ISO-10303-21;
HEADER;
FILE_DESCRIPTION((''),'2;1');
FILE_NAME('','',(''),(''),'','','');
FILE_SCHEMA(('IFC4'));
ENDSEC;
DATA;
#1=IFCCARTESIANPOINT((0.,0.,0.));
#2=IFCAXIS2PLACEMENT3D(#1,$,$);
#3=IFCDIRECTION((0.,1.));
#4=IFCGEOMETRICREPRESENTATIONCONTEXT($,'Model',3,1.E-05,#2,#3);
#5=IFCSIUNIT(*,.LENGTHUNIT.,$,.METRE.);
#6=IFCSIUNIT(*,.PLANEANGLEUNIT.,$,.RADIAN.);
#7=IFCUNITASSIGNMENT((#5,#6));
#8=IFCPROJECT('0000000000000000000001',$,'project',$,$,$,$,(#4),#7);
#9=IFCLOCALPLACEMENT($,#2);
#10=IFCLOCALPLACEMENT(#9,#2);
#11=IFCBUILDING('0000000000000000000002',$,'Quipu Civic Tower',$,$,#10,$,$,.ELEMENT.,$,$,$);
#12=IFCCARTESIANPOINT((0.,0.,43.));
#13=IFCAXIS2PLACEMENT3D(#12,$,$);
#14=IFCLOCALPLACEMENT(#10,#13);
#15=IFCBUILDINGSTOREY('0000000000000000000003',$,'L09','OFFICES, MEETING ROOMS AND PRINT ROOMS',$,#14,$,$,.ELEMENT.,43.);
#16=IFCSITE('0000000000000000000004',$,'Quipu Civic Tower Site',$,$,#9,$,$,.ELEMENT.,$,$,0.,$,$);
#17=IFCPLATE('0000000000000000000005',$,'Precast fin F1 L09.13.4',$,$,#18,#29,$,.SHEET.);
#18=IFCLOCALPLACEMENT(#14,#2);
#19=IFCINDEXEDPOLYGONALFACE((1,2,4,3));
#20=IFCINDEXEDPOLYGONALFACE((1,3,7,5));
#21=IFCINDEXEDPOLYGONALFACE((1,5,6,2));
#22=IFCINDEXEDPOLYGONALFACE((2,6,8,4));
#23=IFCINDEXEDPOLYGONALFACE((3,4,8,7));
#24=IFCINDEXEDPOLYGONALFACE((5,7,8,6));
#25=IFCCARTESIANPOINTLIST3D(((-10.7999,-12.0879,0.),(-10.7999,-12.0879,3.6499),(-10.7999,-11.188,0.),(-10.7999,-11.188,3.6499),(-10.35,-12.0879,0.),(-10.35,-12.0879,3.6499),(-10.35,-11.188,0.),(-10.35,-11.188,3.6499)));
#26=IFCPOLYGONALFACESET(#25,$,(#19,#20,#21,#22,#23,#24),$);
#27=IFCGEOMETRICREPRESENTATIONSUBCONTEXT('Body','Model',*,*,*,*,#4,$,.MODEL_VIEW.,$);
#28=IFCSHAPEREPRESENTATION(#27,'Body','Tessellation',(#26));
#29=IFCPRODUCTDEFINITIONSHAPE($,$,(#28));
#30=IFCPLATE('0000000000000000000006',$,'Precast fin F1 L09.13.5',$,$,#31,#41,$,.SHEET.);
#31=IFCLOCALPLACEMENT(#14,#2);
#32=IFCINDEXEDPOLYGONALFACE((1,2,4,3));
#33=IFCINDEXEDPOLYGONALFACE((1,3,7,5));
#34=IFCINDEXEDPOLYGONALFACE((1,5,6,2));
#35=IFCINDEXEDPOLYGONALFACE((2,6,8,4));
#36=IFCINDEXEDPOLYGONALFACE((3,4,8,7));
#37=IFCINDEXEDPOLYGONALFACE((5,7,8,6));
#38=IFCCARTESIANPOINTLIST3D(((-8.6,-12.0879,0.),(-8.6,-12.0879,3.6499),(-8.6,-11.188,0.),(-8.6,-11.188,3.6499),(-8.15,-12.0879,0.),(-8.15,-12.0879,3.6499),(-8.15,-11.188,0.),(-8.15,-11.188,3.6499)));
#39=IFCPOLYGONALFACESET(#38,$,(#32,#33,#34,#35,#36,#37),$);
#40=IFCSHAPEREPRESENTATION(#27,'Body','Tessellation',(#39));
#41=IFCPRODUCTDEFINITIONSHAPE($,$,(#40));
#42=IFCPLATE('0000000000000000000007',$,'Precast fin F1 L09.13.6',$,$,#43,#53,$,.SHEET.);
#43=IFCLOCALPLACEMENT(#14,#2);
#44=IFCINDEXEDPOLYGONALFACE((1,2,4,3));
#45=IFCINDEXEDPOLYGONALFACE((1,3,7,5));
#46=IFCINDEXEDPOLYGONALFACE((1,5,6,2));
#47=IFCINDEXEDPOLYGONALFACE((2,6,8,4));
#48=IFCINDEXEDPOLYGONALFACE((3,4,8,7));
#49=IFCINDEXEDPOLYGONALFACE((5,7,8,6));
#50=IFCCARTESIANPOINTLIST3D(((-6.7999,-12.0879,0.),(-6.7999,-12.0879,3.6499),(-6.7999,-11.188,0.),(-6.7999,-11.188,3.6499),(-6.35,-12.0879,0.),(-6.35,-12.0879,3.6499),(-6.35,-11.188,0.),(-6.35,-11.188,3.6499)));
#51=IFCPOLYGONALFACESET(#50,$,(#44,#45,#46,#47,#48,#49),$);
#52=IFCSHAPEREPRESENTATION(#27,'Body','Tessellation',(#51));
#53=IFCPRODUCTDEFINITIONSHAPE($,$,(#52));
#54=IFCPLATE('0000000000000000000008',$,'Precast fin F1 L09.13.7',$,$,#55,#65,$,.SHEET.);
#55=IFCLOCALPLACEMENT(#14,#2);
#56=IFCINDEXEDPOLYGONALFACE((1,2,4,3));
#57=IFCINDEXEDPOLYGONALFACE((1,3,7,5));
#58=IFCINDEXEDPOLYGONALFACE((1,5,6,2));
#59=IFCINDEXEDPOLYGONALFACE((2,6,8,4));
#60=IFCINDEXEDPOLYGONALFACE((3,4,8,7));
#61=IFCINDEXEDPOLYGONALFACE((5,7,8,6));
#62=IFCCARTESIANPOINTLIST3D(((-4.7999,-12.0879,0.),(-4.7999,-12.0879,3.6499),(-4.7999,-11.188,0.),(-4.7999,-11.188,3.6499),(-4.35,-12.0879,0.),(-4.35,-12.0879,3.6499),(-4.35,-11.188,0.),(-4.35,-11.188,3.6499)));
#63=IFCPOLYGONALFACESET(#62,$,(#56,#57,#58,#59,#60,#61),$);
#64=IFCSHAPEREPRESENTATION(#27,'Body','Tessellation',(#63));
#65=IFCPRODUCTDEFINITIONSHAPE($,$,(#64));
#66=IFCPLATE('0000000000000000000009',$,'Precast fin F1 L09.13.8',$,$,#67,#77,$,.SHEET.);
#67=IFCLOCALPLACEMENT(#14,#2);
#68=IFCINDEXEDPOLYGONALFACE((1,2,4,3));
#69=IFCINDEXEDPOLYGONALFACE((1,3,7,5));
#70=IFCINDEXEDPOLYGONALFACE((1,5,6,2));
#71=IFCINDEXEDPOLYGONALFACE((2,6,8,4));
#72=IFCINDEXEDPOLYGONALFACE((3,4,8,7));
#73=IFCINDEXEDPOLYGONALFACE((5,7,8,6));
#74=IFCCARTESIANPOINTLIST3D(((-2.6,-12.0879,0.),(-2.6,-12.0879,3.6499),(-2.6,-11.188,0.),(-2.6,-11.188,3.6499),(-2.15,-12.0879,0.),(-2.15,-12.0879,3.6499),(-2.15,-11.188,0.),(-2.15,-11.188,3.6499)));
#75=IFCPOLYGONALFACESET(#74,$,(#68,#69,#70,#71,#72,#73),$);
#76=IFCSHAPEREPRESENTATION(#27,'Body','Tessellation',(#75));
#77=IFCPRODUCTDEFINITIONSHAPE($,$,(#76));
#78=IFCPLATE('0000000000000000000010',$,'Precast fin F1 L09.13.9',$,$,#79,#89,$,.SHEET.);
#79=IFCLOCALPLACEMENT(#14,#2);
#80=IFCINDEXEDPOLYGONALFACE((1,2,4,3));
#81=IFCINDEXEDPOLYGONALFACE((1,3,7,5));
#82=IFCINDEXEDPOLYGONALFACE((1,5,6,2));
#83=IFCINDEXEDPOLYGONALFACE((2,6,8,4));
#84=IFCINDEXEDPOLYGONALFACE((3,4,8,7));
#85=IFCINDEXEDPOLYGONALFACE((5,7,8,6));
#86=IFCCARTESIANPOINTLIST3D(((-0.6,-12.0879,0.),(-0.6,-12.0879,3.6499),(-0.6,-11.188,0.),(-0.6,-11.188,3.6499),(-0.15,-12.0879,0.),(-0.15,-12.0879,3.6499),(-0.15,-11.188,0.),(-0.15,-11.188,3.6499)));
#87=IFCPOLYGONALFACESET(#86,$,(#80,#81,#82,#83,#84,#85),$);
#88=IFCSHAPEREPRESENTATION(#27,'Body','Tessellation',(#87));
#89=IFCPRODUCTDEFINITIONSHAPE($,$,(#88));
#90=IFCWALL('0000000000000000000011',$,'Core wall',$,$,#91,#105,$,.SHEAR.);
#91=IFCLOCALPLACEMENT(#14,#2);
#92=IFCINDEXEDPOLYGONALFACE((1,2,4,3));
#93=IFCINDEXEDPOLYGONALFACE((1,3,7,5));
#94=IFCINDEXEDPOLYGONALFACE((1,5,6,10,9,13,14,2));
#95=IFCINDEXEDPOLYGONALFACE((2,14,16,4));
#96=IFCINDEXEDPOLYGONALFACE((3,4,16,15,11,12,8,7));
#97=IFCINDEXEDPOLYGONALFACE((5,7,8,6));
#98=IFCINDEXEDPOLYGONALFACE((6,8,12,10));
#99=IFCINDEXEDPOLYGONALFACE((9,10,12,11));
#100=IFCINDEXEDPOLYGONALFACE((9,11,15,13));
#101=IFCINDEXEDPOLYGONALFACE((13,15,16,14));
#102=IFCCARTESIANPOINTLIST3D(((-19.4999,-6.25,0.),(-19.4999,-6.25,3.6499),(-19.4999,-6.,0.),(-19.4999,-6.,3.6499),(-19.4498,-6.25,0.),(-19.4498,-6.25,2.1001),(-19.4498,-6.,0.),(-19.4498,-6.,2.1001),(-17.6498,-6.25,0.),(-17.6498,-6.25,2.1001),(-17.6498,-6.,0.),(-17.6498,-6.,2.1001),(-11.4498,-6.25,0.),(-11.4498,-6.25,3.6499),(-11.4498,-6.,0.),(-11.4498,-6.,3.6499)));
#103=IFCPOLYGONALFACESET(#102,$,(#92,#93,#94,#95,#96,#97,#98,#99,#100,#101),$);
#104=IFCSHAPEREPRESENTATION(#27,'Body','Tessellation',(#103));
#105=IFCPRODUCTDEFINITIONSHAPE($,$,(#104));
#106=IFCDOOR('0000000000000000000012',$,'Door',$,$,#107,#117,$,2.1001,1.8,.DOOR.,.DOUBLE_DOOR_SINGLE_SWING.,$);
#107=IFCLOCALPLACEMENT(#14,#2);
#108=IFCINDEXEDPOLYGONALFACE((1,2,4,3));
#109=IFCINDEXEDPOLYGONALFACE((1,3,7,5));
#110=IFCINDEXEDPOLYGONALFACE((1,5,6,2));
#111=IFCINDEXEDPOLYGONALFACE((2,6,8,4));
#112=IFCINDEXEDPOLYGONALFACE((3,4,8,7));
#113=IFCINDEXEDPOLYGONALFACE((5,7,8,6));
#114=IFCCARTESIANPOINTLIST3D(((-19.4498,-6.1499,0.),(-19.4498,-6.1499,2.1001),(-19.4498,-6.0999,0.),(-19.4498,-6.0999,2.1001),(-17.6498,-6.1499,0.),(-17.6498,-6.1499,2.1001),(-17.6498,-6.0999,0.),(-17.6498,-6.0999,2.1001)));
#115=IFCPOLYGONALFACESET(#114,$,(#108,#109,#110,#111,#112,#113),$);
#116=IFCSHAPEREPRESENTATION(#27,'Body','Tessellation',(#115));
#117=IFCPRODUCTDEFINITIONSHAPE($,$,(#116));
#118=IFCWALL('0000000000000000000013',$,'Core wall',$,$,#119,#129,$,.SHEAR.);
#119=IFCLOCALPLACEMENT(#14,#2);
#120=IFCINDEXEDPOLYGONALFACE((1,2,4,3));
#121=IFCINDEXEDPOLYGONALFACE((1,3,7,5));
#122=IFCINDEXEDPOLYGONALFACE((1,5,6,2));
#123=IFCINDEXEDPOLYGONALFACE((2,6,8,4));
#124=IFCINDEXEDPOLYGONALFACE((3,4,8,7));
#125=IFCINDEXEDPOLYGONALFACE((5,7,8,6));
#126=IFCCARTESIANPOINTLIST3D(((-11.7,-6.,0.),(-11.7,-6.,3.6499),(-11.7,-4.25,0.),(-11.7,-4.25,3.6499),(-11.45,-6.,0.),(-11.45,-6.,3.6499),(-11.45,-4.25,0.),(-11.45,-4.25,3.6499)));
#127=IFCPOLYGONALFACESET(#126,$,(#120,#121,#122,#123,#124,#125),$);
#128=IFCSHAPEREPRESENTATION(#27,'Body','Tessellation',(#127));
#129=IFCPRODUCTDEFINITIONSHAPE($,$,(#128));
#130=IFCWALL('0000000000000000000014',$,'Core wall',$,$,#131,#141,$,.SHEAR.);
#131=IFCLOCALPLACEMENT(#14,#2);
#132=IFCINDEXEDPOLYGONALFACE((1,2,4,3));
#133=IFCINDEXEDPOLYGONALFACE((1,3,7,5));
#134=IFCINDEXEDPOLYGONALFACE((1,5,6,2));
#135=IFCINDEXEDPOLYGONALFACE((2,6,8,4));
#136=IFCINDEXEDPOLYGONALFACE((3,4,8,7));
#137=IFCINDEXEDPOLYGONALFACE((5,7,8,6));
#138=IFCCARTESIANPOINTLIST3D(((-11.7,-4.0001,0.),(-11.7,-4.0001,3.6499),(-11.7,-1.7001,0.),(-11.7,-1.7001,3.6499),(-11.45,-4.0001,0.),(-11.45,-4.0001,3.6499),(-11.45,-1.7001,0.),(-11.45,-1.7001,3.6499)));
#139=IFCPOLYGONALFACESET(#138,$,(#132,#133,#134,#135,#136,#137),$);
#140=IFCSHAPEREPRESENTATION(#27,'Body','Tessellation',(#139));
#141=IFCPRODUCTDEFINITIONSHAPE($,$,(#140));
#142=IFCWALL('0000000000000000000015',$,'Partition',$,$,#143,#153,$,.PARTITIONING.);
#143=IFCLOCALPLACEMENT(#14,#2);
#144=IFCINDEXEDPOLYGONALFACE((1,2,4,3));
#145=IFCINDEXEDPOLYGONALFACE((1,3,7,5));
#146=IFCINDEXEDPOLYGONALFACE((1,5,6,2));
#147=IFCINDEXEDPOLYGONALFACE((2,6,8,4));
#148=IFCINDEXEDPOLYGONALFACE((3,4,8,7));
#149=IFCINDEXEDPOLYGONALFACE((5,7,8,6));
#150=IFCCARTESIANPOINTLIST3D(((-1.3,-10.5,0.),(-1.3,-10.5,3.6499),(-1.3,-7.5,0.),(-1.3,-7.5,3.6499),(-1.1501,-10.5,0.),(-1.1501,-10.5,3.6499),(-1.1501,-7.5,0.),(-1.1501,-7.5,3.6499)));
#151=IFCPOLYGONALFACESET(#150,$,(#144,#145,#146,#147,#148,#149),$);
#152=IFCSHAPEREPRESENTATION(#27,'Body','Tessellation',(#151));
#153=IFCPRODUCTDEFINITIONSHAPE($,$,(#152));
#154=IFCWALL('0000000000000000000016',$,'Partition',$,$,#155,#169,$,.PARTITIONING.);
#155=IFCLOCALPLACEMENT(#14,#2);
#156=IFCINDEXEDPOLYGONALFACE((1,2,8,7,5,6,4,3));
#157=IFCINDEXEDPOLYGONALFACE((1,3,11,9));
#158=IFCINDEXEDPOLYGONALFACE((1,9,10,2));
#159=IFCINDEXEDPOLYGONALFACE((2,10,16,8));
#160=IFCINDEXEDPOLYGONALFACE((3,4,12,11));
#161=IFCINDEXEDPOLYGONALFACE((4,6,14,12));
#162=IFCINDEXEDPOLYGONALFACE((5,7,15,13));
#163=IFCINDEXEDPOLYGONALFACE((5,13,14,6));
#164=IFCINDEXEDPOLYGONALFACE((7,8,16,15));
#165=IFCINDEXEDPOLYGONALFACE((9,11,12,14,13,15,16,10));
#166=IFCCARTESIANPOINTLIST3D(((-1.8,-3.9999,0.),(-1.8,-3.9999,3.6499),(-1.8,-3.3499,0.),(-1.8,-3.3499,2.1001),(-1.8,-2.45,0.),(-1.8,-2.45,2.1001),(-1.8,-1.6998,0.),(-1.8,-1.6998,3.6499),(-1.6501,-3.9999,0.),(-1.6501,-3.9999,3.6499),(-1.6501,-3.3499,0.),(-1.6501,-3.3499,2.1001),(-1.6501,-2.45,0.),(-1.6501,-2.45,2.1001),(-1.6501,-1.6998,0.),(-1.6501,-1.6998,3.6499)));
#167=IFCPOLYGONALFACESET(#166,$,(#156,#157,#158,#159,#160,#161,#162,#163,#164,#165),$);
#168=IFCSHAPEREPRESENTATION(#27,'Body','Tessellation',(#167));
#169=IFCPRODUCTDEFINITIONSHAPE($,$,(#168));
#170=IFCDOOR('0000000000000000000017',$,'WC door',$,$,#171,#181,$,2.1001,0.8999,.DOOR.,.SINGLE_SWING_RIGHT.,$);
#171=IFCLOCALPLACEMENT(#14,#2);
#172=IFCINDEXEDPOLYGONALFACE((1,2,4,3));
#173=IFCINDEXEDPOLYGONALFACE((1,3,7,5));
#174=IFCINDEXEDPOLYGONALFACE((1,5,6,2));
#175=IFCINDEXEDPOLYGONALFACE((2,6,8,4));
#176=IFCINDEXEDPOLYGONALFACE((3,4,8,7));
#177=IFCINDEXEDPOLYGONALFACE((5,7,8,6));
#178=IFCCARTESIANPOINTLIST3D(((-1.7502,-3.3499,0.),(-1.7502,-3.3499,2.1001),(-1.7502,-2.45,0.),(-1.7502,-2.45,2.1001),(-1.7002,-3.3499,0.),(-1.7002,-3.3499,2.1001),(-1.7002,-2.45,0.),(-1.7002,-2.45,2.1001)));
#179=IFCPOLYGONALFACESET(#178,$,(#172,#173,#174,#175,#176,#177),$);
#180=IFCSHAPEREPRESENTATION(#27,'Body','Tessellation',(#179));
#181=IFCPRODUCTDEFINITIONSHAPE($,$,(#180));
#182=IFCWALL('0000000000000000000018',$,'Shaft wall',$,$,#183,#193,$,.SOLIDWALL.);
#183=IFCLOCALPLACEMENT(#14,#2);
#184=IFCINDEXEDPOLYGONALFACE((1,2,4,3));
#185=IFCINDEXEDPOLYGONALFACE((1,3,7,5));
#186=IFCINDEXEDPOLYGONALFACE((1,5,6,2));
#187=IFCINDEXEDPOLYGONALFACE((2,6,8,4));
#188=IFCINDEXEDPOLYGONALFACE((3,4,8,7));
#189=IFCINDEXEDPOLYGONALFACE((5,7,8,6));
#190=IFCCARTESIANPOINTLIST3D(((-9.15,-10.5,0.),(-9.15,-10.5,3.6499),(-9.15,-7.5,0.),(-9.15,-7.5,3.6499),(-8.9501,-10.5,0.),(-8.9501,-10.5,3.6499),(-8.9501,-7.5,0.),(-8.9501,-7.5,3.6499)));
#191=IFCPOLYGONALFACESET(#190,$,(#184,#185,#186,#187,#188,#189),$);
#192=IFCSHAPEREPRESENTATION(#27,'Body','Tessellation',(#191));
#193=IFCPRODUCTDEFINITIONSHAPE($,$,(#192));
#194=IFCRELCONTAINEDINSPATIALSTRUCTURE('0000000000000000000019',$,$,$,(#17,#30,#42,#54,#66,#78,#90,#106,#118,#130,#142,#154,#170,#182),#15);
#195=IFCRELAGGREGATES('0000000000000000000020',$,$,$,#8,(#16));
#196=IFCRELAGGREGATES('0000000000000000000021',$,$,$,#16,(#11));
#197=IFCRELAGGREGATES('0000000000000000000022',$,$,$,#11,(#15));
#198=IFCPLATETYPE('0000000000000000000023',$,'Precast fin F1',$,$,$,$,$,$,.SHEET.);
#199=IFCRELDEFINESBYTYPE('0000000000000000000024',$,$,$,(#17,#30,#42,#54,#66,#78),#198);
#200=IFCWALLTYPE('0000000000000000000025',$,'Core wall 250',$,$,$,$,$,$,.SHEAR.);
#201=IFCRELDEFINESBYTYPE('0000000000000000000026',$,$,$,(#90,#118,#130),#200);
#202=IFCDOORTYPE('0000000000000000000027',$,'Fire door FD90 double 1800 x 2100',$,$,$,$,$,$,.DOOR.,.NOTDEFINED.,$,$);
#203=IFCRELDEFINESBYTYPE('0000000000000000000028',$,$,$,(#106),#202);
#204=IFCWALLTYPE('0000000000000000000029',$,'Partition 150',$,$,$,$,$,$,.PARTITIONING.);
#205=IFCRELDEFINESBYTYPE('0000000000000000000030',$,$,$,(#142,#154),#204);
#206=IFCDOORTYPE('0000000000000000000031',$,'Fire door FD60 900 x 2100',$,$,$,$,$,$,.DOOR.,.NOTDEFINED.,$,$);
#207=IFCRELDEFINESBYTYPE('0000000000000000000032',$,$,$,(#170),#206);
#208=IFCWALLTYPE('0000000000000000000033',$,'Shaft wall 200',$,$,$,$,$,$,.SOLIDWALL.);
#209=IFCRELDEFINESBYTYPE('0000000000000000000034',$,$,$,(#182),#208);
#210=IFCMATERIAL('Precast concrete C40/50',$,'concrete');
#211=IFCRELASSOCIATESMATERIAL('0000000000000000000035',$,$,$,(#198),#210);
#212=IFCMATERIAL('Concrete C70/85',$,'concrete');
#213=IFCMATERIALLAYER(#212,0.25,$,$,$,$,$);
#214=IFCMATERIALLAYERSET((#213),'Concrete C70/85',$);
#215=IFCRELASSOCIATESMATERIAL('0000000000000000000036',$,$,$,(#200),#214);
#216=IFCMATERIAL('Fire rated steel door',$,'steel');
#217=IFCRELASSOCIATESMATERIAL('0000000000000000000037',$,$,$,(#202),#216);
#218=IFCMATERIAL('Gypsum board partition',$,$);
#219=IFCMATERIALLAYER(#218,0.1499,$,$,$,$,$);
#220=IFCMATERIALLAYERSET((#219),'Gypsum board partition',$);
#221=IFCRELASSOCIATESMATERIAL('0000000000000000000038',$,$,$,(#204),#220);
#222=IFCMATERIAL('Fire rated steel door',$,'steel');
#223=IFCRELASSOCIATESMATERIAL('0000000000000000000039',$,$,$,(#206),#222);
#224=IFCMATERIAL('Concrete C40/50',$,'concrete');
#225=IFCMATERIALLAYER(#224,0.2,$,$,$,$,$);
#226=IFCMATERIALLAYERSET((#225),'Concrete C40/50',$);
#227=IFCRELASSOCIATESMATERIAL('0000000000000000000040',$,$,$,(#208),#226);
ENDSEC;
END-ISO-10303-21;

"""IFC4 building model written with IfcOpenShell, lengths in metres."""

from ifc_helpers import new_model, si_unit, direction, frame, frame_2d, origin, origin_2d, place, context, subcontext, project, spatial, rectangle, extrude, material, layer, layer_set, type_object, element, fill, save


model = new_model("IFC4")

# Units and contexts
model_context = context("Model", 3, precision=1e-05, world=origin(), true_north=direction((0.0, 1.0)))
body_context = subcontext(model_context, "Body", "Model", "MODEL_VIEW")
ifc_project = project(units=[si_unit("LENGTHUNIT", "METRE"), si_unit("PLANEANGLEUNIT", "RADIAN")], contexts=[model_context])

# Site, building, storey
site_placement = place(None, origin())
site = spatial("IfcSite", under=ifc_project, at=site_placement, Name="Quipu Civic Tower Site", CompositionType="ELEMENT", RefElevation=0.0)
building_placement = place(site_placement, origin())
building = spatial("IfcBuilding", under=site, at=building_placement, Name="Quipu Civic Tower", CompositionType="ELEMENT")
storey_placement = place(building_placement, frame((0.0, 0.0, 43.0)))
storey = spatial("IfcBuildingStorey", under=building, at=storey_placement, Name="L09", Description="OFFICES, MEETING ROOMS AND PRINT ROOMS", CompositionType="ELEMENT", Elevation=43.0)

# Plates
ifc_material_1 = material(Name="Precast concrete C40/50", Category="concrete")
plate_type = type_object("IfcPlateType", Name="Precast fin F1", PredefinedType="SHEET", material=ifc_material_1)
for number, where, z_axis, x_axis, name in (
    (1, (-10.575, -11.6379, 0.0), (0.0, 0.0, 1.0), (1.0, 0.0, 0.0), "Precast fin F1 L09.13.4"),
    (2, (-8.375, -11.6379, 0.0), (0.0, 0.0, 1.0), (1.0, 0.0, 0.0), "Precast fin F1 L09.13.5"),
    (3, (-6.575, -11.6379, 0.0), (0.0, 0.0, 1.0), (1.0, 0.0, 0.0), "Precast fin F1 L09.13.6"),
    (4, (-4.575, -11.6379, 0.0), (0.0, 0.0, 1.0), (1.0, 0.0, 0.0), "Precast fin F1 L09.13.7"),
    (5, (-2.375, -11.6379, 0.0), (0.0, 0.0, 1.0), (1.0, 0.0, 0.0), "Precast fin F1 L09.13.8"),
    (6, (-0.375, -11.6379, 0.0), (0.0, 0.0, 1.0), (1.0, 0.0, 0.0), "Precast fin F1 L09.13.9"),
):
    element("IfcPlate", number, at=place(storey_placement, frame(where, z_axis=z_axis, x_axis=x_axis)), inside=storey, type_object=plate_type, Name=name, PredefinedType="SHEET", context=body_context, shape_type="SweptSolid", body=[
        extrude(rectangle(XDim=0.45, YDim=0.8999, at=origin_2d()), origin(), (0.0, 0.0, 1.0), 3.6499),
    ])

# Wall, opening, door
ifc_material_2 = material(Name="Concrete C70/85", Category="concrete")
ifc_layer_1 = layer(ifc_material_2, 0.25)
ifc_layer_set_1 = layer_set([ifc_layer_1], Name="Concrete C70/85")
wall_type_1 = type_object("IfcWallType", Name="Core wall 250", PredefinedType="SHEAR", material=ifc_layer_set_1)
wall_1_placement = place(storey_placement, frame((-11.45, -6.125, 0.0), z_axis=(0.0, 0.0, 1.0), x_axis=(-1.0, 0.0, 0.0)))
wall_1 = element("IfcWall", 7, at=wall_1_placement, inside=storey, type_object=wall_type_1, Name="Core wall", PredefinedType="SHEAR", context=body_context, shape_type="SweptSolid", body=[
    extrude(rectangle(XDim=8.05, YDim=0.25, at=frame_2d((4.0249, 0.0))), origin(), (0.0, 0.0, 1.0), 3.6499),
])
opening_1_placement = place(wall_1_placement, frame((6.2, 0.0, 0.0)))
opening_1 = element("IfcOpeningElement", 8, at=opening_1_placement, cuts=wall_1, PredefinedType="OPENING", context=body_context, shape_type="SweptSolid", body=[
    extrude(rectangle(XDim=1.8, YDim=2.1001, at=frame_2d((0.8999, 1.05))), frame((0.0, 0.135, 0.0), z_axis=(0.0, -1.0, 0.0), x_axis=(1.0, 0.0, 0.0)), (0.0, 0.0, 1.0), 0.27),
])
ifc_material_3 = material(Name="Fire rated steel door", Category="steel")
door_type_1 = type_object("IfcDoorType", Name="Fire door FD90 double 1800 x 2100", OperationType="NOTDEFINED", PredefinedType="DOOR", material=ifc_material_3)
door_1_placement = place(opening_1_placement, origin())
door_1 = element("IfcDoor", 9, at=door_1_placement, inside=storey, type_object=door_type_1, Name="Door", OperationType="DOUBLE_DOOR_SINGLE_SWING", OverallHeight=2.1001, OverallWidth=1.8, PredefinedType="DOOR", context=body_context, shape_type="SweptSolid", body=[
    extrude(rectangle(XDim=1.8, YDim=2.1001, at=frame_2d((0.8999, 1.05))), frame((0.0, 0.0249, 0.0), z_axis=(0.0, -1.0, 0.0), x_axis=(1.0, 0.0, 0.0)), (0.0, 0.0, 1.0), 0.05),
])
fill(opening_1, door_1)

# Walls
wall_2_placement = place(storey_placement, frame((-11.575, -6.0, 0.0), z_axis=(0.0, 0.0, 1.0), x_axis=(0.0, 1.0, 0.0)))
element("IfcWall", 10, at=wall_2_placement, inside=storey, type_object=wall_type_1, Name="Core wall", PredefinedType="SHEAR", context=body_context, shape_type="SweptSolid", body=[
    extrude(rectangle(XDim=1.75, YDim=0.25, at=frame_2d((0.875, 0.0))), origin(), (0.0, 0.0, 1.0), 3.6499),
])
wall_3_placement = place(storey_placement, frame((-11.575, -4.0, 0.0), z_axis=(0.0, 0.0, 1.0), x_axis=(0.0, 1.0, 0.0)))
element("IfcWall", 11, at=wall_3_placement, inside=storey, type_object=wall_type_1, Name="Core wall", PredefinedType="SHEAR", context=body_context, shape_type="SweptSolid", body=[
    extrude(rectangle(XDim=2.3, YDim=0.25, at=frame_2d((1.1499, 0.0))), origin(), (0.0, 0.0, 1.0), 3.6499),
])
ifc_material_4 = material(Name="Gypsum board partition")
ifc_layer_2 = layer(ifc_material_4, 0.1499)
ifc_layer_set_2 = layer_set([ifc_layer_2], Name="Gypsum board partition")
wall_type_2 = type_object("IfcWallType", Name="Partition 150", PredefinedType="PARTITIONING", material=ifc_layer_set_2)
wall_4_placement = place(storey_placement, frame((-1.2251, -10.5, 0.0), z_axis=(0.0, 0.0, 1.0), x_axis=(0.0, 1.0, 0.0)))
element("IfcWall", 12, at=wall_4_placement, inside=storey, type_object=wall_type_2, Name="Partition", PredefinedType="PARTITIONING", context=body_context, shape_type="SweptSolid", body=[
    extrude(rectangle(XDim=3.0, YDim=0.1499, at=frame_2d((1.5, 0.0))), origin(), (0.0, 0.0, 1.0), 3.6499),
])

# Wall, opening, door
wall_5_placement = place(storey_placement, frame((-1.7251, -1.7, 0.0), z_axis=(0.0, 0.0, 1.0), x_axis=(0.0, -1.0, 0.0)))
wall_5 = element("IfcWall", 13, at=wall_5_placement, inside=storey, type_object=wall_type_2, Name="Partition", PredefinedType="PARTITIONING", context=body_context, shape_type="SweptSolid", body=[
    extrude(rectangle(XDim=2.3, YDim=0.1499, at=frame_2d((1.1499, 0.0))), origin(), (0.0, 0.0, 1.0), 3.6499),
])
opening_2_placement = place(wall_5_placement, frame((0.75, 0.0, 0.0)))
opening_2 = element("IfcOpeningElement", 14, at=opening_2_placement, cuts=wall_5, PredefinedType="OPENING", context=body_context, shape_type="SweptSolid", body=[
    extrude(rectangle(XDim=0.8999, YDim=2.1001, at=frame_2d((0.45, 1.05))), frame((0.0, 0.085, 0.0), z_axis=(0.0, -1.0, 0.0), x_axis=(1.0, 0.0, 0.0)), (0.0, 0.0, 1.0), 0.1699),
])
ifc_material_5 = material(Name="Fire rated steel door", Category="steel")
door_type_2 = type_object("IfcDoorType", Name="Fire door FD60 900 x 2100", OperationType="NOTDEFINED", PredefinedType="DOOR", material=ifc_material_5)
door_2_placement = place(opening_2_placement, origin())
door_2 = element("IfcDoor", 15, at=door_2_placement, inside=storey, type_object=door_type_2, Name="WC door", OperationType="SINGLE_SWING_RIGHT", OverallHeight=2.1001, OverallWidth=0.8999, PredefinedType="DOOR", context=body_context, shape_type="SweptSolid", body=[
    extrude(rectangle(XDim=0.8999, YDim=2.1001, at=frame_2d((0.45, 1.05))), frame((0.0, 0.0249, 0.0), z_axis=(0.0, -1.0, 0.0), x_axis=(1.0, 0.0, 0.0)), (0.0, 0.0, 1.0), 0.05),
])
fill(opening_2, door_2)

# Wall
ifc_material_6 = material(Name="Concrete C40/50", Category="concrete")
ifc_layer_3 = layer(ifc_material_6, 0.2)
ifc_layer_set_3 = layer_set([ifc_layer_3], Name="Concrete C40/50")
wall_type_3 = type_object("IfcWallType", Name="Shaft wall 200", PredefinedType="SOLIDWALL", material=ifc_layer_set_3)
for number, where, z_axis, x_axis, name in (
    (16, (-9.05, -10.5, 0.0), (0.0, 0.0, 1.0), (0.0, 1.0, 0.0), "Shaft wall"),
):
    element("IfcWall", number, at=place(storey_placement, frame(where, z_axis=z_axis, x_axis=x_axis)), inside=storey, type_object=wall_type_3, Name=name, PredefinedType="SOLIDWALL", context=body_context, shape_type="SweptSolid", body=[
        extrude(rectangle(XDim=3.0, YDim=0.2, at=frame_2d((1.5, 0.0))), origin(), (0.0, 0.0, 1.0), 3.6499),
    ])

save(model, "model.ifc")
